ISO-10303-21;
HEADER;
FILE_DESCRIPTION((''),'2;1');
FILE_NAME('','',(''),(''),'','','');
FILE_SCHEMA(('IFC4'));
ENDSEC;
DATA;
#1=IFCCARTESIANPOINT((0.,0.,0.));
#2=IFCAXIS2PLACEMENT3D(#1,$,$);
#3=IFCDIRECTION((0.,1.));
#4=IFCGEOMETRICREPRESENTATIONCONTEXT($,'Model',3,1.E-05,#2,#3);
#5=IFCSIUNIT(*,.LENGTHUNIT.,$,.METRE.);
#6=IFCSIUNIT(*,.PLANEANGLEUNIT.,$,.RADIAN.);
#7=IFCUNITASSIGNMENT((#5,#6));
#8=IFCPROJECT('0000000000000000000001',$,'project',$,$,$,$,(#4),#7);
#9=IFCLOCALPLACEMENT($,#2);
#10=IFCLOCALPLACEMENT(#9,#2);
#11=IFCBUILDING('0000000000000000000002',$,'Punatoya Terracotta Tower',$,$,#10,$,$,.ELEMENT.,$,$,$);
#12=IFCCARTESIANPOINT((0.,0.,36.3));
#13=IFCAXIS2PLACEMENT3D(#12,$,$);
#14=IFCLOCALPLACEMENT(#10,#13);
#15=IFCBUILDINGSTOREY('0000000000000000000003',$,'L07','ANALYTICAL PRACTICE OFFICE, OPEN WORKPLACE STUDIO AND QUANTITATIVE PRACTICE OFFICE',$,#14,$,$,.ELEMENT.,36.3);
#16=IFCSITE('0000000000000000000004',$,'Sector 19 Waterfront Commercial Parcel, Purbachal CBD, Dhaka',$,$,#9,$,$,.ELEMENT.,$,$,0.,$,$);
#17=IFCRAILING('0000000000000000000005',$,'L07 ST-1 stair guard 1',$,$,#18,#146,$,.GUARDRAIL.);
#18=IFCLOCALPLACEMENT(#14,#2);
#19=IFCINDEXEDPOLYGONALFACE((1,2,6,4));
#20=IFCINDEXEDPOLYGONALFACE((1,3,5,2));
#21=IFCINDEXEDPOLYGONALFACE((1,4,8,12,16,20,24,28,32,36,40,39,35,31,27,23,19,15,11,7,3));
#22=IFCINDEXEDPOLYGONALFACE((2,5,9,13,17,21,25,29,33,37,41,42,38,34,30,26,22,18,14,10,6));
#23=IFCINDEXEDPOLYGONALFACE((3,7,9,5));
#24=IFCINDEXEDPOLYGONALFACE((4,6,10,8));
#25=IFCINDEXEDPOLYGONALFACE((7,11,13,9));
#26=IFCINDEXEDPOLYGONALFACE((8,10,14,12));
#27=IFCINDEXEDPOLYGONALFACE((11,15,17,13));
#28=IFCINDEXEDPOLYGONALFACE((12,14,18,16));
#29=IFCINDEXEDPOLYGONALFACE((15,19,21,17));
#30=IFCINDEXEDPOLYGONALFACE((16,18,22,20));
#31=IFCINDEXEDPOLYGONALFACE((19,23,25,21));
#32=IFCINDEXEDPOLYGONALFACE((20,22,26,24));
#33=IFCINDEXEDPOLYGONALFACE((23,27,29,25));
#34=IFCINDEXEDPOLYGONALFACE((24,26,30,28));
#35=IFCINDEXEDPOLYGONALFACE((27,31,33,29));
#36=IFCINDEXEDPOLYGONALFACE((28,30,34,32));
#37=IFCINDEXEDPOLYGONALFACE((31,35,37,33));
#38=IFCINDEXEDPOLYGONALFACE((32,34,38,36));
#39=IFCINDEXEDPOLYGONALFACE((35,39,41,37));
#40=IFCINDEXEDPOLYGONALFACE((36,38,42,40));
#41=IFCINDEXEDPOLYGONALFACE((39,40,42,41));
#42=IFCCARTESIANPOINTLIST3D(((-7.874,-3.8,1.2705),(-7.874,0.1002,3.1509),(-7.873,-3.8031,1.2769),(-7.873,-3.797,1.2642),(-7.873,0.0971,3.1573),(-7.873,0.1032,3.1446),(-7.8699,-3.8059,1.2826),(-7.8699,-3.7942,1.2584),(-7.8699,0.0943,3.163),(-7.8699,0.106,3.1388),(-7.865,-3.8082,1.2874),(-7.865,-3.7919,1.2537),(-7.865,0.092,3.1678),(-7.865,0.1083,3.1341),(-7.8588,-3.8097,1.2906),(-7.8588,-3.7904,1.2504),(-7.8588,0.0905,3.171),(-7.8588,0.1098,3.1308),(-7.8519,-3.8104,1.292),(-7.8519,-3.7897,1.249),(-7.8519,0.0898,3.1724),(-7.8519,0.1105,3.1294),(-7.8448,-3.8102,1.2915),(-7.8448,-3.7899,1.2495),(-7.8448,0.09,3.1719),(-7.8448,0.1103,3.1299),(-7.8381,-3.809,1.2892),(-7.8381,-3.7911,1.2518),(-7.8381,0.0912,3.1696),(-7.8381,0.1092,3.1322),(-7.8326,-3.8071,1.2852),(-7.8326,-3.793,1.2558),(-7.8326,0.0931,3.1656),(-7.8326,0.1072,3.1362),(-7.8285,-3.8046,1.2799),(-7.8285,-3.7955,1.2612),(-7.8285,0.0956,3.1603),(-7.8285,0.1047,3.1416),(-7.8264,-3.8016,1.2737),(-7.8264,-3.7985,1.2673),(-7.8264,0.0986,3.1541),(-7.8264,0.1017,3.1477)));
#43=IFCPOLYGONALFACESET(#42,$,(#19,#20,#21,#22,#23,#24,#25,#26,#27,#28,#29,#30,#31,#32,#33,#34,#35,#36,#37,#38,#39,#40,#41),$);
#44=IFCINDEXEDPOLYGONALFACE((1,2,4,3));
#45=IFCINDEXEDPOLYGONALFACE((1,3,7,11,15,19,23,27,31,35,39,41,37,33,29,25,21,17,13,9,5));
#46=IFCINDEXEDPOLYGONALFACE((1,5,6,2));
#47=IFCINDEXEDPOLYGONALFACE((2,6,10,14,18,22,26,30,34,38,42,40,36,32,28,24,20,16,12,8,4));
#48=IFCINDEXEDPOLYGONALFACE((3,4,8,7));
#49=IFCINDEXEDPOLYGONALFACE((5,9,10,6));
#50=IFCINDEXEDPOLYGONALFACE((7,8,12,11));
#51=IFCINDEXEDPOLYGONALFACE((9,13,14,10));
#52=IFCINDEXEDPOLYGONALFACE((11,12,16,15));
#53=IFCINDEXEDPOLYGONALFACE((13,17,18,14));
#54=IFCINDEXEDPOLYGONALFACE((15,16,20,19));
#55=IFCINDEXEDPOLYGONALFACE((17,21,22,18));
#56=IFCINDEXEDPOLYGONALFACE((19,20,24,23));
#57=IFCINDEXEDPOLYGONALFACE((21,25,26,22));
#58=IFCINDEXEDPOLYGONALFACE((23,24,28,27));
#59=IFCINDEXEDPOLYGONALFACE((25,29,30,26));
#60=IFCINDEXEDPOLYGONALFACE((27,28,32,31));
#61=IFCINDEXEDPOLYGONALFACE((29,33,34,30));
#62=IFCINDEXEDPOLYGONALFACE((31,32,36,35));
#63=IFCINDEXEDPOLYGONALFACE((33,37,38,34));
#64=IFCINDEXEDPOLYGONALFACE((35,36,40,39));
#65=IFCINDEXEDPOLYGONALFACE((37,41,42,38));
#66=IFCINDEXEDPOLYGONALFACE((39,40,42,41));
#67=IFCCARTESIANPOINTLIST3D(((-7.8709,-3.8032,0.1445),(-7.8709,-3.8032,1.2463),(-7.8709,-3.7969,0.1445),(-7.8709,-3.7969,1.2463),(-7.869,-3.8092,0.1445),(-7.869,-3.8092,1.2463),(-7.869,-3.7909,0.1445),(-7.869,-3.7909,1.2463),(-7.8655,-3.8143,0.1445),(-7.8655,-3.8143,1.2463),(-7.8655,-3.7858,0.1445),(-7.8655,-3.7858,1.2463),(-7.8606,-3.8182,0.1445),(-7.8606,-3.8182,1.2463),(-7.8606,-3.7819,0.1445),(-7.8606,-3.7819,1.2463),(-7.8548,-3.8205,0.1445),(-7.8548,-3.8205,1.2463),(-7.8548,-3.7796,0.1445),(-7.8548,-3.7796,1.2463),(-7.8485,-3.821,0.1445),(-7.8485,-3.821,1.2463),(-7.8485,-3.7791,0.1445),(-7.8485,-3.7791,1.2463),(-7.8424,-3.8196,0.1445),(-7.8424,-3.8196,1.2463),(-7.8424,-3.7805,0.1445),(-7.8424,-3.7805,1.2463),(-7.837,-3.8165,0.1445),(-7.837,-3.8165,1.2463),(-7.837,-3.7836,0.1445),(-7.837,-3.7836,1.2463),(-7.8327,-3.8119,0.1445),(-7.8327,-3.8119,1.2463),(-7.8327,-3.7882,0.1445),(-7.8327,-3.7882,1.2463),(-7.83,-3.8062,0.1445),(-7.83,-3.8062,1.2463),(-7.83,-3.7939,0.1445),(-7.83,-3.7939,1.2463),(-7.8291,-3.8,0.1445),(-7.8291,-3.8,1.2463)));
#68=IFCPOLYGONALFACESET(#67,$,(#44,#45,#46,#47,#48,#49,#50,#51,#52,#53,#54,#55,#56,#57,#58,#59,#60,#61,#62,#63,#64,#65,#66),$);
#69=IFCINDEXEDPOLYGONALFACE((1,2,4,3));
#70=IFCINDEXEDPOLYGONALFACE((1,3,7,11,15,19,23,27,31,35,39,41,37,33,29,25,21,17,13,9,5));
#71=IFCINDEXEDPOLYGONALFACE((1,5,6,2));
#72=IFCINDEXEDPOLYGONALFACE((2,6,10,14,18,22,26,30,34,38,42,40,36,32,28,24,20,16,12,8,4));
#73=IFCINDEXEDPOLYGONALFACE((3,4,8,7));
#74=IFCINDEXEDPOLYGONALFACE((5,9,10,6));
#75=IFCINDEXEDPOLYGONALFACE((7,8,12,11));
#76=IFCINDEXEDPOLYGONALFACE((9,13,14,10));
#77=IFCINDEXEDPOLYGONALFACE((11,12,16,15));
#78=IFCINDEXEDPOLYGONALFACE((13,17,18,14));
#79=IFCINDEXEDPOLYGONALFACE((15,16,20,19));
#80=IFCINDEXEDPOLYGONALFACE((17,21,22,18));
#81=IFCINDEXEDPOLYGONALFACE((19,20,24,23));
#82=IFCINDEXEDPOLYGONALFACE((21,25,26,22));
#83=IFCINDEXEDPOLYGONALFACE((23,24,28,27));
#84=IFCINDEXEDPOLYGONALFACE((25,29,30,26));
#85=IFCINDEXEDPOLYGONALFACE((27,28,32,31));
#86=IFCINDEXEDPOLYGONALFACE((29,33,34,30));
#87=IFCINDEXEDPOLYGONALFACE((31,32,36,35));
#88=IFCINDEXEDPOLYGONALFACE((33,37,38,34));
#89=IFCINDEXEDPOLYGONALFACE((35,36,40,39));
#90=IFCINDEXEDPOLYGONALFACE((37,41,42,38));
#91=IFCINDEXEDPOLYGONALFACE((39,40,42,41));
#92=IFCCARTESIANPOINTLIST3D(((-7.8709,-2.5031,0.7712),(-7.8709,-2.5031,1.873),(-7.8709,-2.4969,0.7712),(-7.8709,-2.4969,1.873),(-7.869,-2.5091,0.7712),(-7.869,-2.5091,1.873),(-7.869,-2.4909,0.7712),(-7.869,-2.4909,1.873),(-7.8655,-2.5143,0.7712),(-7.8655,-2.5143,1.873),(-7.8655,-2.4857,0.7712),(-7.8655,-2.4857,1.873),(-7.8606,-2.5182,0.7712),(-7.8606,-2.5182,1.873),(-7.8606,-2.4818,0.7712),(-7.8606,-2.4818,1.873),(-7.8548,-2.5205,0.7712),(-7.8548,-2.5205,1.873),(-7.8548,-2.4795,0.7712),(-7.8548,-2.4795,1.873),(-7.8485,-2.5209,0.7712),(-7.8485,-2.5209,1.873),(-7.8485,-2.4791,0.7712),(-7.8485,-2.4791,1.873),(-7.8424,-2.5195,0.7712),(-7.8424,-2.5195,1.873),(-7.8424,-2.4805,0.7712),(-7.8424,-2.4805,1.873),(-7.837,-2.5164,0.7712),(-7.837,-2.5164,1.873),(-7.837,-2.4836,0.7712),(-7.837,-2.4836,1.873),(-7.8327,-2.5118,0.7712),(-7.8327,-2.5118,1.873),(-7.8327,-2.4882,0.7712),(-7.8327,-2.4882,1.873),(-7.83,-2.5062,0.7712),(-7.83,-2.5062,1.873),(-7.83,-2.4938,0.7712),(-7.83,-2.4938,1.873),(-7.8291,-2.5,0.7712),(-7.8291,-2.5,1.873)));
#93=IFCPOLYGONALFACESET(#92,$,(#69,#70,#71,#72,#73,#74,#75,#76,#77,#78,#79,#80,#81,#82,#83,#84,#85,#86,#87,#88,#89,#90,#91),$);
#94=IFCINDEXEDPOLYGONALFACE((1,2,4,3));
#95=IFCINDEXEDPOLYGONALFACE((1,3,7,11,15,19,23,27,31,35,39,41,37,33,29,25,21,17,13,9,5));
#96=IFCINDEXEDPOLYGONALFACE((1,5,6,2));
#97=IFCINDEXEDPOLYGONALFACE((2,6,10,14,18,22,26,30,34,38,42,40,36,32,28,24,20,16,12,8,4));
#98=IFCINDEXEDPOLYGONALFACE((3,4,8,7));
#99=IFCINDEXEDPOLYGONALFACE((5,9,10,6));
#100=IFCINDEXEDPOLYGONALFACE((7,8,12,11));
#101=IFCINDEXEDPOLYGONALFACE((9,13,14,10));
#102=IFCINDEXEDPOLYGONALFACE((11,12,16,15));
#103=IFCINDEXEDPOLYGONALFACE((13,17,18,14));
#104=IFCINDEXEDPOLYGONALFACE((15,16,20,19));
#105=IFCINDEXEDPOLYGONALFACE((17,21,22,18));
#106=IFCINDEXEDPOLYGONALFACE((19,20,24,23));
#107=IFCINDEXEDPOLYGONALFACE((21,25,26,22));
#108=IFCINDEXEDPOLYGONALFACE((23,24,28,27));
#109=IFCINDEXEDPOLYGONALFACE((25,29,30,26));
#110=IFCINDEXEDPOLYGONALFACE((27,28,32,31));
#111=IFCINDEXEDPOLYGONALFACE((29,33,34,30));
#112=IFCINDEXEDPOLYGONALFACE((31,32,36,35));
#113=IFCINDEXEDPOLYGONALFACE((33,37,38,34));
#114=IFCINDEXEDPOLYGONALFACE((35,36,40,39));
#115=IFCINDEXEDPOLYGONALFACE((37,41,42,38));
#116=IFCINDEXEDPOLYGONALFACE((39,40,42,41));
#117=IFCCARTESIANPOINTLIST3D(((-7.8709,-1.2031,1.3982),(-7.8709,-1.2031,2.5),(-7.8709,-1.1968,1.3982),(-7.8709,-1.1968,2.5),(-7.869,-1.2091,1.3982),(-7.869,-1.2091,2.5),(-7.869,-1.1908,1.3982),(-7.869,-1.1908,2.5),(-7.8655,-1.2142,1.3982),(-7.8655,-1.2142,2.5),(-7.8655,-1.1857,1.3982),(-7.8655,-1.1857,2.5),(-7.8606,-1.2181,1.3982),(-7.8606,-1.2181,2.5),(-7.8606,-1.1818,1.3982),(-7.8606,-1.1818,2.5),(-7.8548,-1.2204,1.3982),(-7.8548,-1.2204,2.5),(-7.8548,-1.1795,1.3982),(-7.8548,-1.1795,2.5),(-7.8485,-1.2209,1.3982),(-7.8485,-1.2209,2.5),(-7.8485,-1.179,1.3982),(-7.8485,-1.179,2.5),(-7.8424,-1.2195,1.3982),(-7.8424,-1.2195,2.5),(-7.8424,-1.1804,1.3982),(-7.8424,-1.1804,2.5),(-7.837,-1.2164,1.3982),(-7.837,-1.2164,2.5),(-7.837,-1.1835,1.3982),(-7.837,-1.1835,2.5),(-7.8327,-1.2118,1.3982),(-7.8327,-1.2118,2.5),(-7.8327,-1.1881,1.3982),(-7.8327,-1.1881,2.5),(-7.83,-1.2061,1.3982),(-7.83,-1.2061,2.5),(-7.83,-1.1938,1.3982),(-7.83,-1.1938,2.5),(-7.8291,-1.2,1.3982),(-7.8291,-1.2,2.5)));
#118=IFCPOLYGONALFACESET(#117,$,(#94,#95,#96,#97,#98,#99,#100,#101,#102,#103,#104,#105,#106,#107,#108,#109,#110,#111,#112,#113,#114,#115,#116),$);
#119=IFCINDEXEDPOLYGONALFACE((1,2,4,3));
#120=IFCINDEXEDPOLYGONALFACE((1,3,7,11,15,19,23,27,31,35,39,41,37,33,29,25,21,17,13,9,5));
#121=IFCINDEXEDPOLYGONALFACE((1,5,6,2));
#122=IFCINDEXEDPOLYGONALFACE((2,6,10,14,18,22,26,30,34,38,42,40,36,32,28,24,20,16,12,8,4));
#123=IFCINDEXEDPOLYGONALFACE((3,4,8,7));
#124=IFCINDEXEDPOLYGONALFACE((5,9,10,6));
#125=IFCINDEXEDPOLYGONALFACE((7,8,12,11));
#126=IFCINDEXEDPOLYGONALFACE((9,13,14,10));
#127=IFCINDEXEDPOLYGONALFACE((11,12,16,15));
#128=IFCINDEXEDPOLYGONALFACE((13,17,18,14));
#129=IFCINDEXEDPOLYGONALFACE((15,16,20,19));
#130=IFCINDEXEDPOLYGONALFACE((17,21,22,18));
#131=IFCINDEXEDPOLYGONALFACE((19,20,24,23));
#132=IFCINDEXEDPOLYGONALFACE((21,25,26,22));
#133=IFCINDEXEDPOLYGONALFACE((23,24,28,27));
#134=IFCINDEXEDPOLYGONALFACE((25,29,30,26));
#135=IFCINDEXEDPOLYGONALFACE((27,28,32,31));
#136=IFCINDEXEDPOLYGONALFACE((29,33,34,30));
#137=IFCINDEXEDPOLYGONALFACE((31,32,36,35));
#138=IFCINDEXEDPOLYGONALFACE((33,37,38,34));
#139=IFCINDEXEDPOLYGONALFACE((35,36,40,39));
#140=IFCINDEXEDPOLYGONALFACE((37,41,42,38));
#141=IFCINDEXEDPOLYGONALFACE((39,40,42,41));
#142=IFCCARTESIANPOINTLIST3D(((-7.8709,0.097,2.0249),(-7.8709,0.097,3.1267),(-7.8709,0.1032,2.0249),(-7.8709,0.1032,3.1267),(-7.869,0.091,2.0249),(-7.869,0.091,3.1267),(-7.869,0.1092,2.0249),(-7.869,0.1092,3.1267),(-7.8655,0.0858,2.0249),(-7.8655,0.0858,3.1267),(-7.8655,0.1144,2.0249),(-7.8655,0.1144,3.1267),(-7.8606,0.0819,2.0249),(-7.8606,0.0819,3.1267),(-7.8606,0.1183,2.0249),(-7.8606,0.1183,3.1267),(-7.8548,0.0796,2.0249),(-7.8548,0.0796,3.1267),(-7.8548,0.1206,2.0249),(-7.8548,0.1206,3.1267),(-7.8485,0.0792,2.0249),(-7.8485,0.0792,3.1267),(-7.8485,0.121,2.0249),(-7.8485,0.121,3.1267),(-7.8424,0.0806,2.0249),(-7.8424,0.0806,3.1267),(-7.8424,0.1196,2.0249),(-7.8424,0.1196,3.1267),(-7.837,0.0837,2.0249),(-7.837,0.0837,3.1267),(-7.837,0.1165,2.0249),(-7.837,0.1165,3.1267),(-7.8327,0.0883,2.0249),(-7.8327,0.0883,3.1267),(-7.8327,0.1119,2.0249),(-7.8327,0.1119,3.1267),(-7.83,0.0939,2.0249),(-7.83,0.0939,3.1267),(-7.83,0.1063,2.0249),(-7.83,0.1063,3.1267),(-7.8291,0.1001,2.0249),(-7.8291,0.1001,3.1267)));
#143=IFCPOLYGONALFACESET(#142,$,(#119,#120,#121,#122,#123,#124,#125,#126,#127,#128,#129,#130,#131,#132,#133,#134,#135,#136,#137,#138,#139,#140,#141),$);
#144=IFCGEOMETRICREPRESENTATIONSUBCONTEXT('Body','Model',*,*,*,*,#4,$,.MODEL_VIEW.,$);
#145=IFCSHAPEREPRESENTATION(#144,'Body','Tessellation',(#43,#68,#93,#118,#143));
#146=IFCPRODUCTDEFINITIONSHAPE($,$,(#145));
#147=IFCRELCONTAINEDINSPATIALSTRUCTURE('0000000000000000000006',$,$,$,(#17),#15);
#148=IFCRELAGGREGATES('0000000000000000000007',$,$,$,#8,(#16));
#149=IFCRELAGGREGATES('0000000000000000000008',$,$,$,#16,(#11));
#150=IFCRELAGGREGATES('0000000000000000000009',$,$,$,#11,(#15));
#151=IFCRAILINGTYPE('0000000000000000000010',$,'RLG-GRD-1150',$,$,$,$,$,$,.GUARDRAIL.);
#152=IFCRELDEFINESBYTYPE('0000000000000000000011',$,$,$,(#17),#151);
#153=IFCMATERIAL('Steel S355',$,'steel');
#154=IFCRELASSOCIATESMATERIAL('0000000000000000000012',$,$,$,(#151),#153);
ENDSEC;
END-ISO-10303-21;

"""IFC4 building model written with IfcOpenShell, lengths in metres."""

from ifc_helpers import new_model, si_unit, direction, frame, origin, origin_2d, place, context, subcontext, project, spatial, circle, extrude, material, type_object, element, save


model = new_model("IFC4")

# Units and contexts
model_context = context("Model", 3, precision=1e-05, world=origin(), true_north=direction((0.0, 1.0)))
body_context = subcontext(model_context, "Body", "Model", "MODEL_VIEW")
ifc_project = project(units=[si_unit("LENGTHUNIT", "METRE"), si_unit("PLANEANGLEUNIT", "RADIAN")], contexts=[model_context])

# Site, building, storey
site_placement = place(None, origin())
site = spatial("IfcSite", under=ifc_project, at=site_placement, Name="Sector 19 Waterfront Commercial Parcel, Purbachal CBD, Dhaka", CompositionType="ELEMENT", RefElevation=0.0)
building_placement = place(site_placement, origin())
building = spatial("IfcBuilding", under=site, at=building_placement, Name="Punatoya Terracotta Tower", CompositionType="ELEMENT")
storey_placement = place(building_placement, frame((0.0, 0.0, 36.3)))
storey = spatial("IfcBuildingStorey", under=building, at=storey_placement, Name="L07", Description="ANALYTICAL PRACTICE OFFICE, OPEN WORKPLACE STUDIO AND QUANTITATIVE PRACTICE OFFICE", CompositionType="ELEMENT", Elevation=36.3)

# Shared definitions
ifc_material_1 = material(Name="Steel S355", Category="steel")

# Railing
railing_type_1 = type_object("IfcRailingType", Name="RLG-GRD-1150", PredefinedType="GUARDRAIL", material=ifc_material_1)
railing_1_placement = place(storey_placement, frame((-7.8501, -3.8, 0.1445)))
element("IfcRailing", 1, at=railing_1_placement, inside=storey, type_object=railing_type_1, Name="L07 ST-1 stair guard 1", PredefinedType="GUARDRAIL", context=body_context, shape_type="SweptSolid", body=[
    extrude(circle(Radius=0.0239, at=origin_2d()), frame((0.0, 0.0, 1.126), z_axis=(0.0, 0.900774, 0.434289), x_axis=(-1.0, 0.0, 0.0)), (0.0, 0.0, 1.0), 4.3298),
    extrude(circle(Radius=0.021, at=origin_2d()), origin(), (0.0, 0.0, 1.0), 1.1018),
    extrude(circle(Radius=0.021, at=origin_2d()), frame((0.0, 1.3, 0.6267)), (0.0, 0.0, 1.0), 1.1018),
    extrude(circle(Radius=0.021, at=origin_2d()), frame((0.0, 2.6001, 1.2537)), (0.0, 0.0, 1.0), 1.1018),
    extrude(circle(Radius=0.021, at=origin_2d()), frame((0.0, 3.9001, 1.8804)), (0.0, 0.0, 1.0), 1.1018),
])

save(model, "model.ifc")
